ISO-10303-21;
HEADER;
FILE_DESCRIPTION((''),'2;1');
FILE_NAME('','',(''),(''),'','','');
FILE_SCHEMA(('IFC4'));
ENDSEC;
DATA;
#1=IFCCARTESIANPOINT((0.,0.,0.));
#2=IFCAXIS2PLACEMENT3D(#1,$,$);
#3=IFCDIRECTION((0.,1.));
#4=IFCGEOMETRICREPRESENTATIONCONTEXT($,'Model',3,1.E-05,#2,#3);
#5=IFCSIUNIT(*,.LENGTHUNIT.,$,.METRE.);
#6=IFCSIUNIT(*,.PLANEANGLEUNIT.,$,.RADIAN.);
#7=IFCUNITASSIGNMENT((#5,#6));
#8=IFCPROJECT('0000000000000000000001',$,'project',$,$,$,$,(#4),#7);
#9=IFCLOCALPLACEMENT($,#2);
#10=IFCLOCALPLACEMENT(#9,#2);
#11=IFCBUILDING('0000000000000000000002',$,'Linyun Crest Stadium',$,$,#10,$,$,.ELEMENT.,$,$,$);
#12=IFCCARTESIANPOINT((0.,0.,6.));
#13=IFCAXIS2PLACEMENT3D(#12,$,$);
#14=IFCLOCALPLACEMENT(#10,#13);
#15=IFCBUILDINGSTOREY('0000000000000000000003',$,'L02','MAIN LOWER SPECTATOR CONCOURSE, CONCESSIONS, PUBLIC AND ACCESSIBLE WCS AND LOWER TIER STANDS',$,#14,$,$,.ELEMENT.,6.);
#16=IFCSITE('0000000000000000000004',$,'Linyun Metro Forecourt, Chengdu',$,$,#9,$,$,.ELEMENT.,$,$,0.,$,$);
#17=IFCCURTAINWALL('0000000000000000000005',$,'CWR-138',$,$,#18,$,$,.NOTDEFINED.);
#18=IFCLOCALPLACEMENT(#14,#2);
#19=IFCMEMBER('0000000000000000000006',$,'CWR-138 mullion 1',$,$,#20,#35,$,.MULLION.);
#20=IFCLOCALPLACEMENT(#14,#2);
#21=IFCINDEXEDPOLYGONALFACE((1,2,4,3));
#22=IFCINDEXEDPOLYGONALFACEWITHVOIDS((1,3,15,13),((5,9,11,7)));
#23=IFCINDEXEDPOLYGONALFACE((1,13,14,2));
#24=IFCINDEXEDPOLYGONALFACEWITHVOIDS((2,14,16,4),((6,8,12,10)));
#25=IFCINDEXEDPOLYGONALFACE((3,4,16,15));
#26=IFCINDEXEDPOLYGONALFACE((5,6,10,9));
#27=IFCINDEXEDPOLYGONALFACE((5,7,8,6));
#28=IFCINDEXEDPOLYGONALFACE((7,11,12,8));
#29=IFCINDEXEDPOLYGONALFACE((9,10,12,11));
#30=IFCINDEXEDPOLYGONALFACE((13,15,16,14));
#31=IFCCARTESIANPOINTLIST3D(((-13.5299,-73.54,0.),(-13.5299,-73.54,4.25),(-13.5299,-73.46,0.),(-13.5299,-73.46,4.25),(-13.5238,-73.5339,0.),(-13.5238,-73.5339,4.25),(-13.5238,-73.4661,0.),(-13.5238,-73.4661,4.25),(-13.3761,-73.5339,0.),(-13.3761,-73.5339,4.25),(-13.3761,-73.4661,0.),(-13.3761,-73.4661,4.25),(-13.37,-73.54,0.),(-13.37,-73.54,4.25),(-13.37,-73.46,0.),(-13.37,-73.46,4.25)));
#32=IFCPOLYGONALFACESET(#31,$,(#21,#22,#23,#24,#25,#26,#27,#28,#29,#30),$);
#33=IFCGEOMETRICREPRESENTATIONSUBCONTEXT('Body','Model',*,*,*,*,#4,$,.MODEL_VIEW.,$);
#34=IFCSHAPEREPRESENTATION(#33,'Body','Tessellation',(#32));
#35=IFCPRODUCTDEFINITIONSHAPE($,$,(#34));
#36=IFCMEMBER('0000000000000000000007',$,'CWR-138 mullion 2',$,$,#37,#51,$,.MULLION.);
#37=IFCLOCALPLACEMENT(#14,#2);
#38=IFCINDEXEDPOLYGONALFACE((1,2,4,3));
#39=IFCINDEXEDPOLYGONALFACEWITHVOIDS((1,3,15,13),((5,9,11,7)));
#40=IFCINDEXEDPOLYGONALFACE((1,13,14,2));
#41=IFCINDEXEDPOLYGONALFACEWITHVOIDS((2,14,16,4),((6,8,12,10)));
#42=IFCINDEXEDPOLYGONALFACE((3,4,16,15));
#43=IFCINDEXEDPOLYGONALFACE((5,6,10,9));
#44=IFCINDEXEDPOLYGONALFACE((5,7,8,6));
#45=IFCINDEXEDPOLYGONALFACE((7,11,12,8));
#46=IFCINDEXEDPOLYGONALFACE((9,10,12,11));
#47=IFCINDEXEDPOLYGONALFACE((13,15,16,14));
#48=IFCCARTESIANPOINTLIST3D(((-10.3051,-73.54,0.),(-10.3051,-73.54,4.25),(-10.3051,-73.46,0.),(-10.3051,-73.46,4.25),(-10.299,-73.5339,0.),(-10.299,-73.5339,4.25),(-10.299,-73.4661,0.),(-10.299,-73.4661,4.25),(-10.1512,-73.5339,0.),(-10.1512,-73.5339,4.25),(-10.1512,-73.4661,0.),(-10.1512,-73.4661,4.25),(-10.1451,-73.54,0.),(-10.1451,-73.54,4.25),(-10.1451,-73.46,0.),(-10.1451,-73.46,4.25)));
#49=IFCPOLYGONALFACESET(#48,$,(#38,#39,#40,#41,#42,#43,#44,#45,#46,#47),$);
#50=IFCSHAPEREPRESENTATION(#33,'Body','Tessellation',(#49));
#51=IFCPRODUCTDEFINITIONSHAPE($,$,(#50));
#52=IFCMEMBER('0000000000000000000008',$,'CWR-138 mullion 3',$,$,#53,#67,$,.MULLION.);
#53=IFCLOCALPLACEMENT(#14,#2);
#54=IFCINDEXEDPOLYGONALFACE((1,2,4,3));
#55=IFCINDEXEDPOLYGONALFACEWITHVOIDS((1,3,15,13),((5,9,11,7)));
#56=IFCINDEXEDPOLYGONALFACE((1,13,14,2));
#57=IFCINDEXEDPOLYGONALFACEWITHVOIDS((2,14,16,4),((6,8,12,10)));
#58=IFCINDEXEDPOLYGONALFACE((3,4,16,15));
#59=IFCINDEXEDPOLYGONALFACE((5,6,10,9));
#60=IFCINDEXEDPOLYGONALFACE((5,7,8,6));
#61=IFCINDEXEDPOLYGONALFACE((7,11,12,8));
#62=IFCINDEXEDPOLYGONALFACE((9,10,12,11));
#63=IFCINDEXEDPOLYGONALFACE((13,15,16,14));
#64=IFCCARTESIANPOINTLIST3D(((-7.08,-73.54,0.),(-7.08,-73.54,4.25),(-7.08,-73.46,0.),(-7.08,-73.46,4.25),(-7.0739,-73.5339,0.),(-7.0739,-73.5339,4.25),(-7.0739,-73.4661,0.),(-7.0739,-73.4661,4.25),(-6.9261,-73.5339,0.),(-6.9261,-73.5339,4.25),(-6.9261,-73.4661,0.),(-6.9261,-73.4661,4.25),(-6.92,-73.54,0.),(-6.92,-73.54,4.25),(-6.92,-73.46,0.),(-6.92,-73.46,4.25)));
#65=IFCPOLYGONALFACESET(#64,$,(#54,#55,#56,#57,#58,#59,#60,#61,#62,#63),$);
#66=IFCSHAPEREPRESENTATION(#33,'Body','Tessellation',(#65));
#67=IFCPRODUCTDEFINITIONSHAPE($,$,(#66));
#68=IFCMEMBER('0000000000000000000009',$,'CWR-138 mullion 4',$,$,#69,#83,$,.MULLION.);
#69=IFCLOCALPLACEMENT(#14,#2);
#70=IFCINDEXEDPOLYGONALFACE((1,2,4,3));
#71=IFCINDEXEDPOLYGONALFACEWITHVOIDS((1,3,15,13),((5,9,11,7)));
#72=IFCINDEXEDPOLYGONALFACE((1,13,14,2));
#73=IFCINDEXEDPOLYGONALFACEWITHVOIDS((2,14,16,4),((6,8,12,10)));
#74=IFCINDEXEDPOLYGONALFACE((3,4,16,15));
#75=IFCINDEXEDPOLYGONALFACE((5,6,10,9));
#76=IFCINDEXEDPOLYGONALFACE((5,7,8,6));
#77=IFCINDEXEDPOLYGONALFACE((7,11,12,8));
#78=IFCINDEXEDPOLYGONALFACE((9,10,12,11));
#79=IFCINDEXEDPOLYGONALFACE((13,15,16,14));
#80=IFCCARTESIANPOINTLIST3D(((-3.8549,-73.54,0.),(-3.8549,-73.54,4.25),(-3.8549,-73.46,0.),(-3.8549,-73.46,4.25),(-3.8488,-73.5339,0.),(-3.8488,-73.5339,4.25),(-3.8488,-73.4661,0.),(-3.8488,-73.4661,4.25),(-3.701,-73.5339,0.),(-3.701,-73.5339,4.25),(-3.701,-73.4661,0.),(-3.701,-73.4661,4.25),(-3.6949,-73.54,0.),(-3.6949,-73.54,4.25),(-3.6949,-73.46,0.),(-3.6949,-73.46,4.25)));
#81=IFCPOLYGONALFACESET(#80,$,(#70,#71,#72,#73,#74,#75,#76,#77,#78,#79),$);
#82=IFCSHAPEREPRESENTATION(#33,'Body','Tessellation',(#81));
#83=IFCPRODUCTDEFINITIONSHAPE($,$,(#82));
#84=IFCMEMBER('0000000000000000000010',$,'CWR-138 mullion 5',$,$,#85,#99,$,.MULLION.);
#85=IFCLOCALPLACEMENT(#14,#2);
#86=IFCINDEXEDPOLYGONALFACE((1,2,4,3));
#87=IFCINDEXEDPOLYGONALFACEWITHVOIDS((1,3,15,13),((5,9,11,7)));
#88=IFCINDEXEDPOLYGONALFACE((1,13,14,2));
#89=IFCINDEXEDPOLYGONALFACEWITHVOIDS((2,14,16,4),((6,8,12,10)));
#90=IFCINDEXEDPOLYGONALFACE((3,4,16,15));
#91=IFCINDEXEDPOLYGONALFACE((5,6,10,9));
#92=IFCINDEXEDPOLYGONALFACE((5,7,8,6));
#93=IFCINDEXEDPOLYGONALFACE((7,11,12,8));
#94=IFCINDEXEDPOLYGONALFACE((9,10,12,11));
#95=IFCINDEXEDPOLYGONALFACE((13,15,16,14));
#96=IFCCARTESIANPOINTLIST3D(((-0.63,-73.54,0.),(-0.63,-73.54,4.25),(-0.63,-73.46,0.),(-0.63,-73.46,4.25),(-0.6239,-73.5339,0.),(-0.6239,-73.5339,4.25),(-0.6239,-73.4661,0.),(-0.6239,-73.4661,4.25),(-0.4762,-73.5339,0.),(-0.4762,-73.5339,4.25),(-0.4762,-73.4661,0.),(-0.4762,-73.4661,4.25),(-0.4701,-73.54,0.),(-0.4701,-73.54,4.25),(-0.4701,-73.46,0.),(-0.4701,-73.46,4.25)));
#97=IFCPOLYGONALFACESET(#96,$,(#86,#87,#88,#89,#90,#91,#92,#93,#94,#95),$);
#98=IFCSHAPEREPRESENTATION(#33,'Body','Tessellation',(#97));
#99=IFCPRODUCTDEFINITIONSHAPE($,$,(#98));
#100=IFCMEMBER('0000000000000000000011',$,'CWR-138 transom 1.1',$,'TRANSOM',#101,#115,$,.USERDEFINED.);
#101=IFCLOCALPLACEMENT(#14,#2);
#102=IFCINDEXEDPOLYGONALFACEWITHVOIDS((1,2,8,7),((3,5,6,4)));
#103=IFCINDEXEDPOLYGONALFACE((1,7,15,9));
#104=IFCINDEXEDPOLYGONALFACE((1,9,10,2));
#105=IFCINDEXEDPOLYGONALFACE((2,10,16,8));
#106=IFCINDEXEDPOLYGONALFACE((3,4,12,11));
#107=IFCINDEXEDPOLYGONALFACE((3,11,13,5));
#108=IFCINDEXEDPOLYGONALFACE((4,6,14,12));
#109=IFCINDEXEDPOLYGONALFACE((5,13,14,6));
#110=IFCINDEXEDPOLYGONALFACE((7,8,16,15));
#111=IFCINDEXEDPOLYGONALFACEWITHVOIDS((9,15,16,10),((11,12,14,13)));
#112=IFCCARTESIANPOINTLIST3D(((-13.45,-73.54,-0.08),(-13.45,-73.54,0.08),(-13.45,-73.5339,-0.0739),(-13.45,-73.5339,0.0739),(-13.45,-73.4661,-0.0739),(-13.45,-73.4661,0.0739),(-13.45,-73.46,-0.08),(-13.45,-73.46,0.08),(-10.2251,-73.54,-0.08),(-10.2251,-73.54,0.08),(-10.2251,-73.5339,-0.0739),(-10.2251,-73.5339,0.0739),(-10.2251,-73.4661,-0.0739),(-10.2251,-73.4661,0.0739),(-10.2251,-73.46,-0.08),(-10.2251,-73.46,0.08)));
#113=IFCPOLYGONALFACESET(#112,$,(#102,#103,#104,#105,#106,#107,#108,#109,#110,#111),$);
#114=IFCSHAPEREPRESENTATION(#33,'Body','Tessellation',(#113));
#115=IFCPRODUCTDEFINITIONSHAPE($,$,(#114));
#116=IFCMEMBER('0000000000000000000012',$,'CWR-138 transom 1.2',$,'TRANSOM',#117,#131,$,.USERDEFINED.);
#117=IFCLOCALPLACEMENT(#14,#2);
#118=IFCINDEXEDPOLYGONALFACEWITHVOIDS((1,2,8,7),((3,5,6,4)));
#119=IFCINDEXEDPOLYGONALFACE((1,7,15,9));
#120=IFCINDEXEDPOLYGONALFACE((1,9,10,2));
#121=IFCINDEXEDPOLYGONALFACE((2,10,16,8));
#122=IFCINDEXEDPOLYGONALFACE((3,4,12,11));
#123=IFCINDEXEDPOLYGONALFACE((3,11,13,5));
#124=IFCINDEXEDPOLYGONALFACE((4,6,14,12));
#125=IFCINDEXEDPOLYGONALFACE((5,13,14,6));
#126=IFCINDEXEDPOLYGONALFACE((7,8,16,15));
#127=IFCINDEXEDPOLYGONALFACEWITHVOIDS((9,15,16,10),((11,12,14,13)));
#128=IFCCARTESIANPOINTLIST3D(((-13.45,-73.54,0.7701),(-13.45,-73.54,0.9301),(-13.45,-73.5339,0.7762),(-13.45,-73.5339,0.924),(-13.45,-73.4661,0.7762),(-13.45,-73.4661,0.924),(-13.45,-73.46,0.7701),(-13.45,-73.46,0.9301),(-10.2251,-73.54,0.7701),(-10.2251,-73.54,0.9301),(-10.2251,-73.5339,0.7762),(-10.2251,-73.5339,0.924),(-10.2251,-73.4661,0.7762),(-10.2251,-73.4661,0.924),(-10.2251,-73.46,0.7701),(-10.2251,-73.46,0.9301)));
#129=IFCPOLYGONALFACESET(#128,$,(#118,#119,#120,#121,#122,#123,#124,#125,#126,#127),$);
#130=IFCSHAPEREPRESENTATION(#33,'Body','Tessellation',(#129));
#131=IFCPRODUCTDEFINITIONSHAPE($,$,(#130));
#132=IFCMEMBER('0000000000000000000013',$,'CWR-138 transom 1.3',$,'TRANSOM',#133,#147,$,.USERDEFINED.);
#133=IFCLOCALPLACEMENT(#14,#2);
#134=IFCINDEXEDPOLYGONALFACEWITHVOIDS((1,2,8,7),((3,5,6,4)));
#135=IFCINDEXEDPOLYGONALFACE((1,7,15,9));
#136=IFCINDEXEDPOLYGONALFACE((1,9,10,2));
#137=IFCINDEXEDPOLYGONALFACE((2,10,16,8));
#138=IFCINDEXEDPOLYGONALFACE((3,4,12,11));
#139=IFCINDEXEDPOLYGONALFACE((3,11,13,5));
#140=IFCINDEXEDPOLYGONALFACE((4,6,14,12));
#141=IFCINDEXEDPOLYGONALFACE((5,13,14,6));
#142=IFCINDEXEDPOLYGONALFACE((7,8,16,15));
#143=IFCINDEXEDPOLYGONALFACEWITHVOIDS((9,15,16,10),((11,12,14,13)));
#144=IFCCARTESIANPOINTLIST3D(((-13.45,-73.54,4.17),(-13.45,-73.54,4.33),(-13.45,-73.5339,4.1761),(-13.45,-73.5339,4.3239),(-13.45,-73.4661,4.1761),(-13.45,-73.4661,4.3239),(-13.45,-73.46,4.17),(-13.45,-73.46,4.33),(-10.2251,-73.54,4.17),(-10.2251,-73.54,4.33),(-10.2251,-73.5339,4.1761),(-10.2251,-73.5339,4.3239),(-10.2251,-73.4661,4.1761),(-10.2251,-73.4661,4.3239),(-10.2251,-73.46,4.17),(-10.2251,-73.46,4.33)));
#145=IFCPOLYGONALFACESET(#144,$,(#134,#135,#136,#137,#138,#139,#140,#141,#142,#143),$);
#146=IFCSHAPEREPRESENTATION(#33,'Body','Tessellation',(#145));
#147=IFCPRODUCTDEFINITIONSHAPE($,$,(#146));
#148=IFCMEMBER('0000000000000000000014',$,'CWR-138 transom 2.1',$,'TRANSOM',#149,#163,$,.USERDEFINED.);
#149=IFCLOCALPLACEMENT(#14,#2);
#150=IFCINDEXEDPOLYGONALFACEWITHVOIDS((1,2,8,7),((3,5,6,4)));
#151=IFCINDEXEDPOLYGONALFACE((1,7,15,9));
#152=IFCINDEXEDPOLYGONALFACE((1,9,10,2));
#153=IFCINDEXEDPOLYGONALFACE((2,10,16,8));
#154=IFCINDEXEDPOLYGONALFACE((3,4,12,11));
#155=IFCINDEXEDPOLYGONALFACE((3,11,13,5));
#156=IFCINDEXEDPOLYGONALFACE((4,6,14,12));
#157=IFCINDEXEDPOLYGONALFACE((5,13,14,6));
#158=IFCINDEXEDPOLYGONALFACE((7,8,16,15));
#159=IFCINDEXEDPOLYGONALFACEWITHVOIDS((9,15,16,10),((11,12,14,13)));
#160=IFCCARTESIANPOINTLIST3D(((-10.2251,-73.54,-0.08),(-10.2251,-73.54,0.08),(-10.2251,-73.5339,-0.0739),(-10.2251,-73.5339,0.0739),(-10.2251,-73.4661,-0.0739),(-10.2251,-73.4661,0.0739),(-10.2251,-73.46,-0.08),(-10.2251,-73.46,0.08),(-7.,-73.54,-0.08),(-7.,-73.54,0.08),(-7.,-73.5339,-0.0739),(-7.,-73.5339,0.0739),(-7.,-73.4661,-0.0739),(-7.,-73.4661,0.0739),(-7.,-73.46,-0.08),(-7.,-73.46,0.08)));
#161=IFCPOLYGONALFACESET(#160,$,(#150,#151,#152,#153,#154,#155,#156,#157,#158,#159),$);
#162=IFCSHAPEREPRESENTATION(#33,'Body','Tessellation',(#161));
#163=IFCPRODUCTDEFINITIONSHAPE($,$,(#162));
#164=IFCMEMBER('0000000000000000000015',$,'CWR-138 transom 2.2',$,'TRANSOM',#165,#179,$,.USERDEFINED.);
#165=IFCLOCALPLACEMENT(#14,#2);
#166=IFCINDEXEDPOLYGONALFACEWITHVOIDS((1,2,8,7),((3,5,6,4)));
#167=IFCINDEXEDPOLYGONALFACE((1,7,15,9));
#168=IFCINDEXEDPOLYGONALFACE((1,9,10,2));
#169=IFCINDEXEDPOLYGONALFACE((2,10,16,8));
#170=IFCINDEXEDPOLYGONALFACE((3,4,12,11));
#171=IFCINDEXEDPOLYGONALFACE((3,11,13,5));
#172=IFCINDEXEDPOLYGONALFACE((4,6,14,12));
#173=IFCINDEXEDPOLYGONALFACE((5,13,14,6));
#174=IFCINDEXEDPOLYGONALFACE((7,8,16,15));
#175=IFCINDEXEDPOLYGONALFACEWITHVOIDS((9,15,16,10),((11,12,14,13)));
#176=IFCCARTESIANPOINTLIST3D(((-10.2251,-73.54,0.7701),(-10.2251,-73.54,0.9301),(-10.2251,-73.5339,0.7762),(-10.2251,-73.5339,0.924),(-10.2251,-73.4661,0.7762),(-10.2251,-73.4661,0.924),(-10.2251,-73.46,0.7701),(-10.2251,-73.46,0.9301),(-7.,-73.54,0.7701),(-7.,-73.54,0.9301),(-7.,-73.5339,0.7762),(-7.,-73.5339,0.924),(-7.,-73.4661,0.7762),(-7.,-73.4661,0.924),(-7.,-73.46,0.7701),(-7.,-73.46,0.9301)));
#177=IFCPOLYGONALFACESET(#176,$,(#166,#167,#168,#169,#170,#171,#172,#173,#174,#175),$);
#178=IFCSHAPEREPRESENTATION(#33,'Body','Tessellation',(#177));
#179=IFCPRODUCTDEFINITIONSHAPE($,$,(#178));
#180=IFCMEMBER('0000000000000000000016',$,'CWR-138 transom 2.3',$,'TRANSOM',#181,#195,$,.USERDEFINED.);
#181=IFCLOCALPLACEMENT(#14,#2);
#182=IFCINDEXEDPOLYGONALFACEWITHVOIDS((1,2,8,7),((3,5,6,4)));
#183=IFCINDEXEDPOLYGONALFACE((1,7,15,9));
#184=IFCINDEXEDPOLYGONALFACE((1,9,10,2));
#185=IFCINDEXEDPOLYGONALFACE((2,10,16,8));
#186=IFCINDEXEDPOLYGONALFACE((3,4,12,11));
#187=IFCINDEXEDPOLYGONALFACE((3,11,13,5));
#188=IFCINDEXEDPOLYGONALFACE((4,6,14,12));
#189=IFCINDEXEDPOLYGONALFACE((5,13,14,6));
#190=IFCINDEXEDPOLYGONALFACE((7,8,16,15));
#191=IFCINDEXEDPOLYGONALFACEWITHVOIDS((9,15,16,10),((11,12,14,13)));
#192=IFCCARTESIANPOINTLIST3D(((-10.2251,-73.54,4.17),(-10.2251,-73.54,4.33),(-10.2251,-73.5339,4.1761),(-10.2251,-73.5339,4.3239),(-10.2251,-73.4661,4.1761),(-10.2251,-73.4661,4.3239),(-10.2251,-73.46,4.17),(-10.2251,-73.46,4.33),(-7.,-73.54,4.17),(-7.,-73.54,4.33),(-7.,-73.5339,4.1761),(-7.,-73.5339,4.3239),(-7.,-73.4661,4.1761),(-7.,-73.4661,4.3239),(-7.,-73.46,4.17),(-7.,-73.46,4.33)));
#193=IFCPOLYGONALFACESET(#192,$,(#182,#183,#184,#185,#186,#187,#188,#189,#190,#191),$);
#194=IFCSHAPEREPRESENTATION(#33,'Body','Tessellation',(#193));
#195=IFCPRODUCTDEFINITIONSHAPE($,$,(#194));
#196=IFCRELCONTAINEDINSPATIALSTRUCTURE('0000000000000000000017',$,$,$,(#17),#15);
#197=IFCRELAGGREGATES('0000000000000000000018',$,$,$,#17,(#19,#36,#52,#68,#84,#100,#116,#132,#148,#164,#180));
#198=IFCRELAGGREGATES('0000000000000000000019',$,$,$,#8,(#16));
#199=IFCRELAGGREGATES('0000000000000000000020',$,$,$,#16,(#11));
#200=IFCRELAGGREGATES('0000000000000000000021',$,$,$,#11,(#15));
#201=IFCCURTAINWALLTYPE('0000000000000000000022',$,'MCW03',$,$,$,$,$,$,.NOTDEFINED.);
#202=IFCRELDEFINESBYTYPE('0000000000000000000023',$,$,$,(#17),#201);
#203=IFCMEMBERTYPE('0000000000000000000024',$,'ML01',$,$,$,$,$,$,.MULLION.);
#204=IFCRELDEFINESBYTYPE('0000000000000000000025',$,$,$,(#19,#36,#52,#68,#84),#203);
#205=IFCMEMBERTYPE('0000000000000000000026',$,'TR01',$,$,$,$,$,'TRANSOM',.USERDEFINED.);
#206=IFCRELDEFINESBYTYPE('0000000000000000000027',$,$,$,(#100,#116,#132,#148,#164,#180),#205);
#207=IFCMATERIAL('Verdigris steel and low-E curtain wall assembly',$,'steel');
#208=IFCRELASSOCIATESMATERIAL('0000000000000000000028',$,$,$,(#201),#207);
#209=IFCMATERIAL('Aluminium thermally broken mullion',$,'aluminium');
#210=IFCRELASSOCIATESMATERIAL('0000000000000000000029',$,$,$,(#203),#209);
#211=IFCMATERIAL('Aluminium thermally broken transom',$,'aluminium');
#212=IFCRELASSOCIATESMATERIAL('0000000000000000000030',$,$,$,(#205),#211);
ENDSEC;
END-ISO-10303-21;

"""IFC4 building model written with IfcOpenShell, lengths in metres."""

from ifc_helpers import new_model, si_unit, direction, frame, origin, origin_2d, place, context, subcontext, project, spatial, hollow_rectangle, extrude, material, material_profile, profile_set, type_object, element, aggregate, save


model = new_model("IFC4")

# Units and contexts
model_context = context("Model", 3, precision=1e-05, world=origin(), true_north=direction((0.0, 1.0)))
body_context = subcontext(model_context, "Body", "Model", "MODEL_VIEW")
ifc_project = project(units=[si_unit("LENGTHUNIT", "METRE"), si_unit("PLANEANGLEUNIT", "RADIAN")], contexts=[model_context])

# Site, building, storey
site_placement = place(None, origin())
site = spatial("IfcSite", under=ifc_project, at=site_placement, Name="Linyun Metro Forecourt, Chengdu", CompositionType="ELEMENT", RefElevation=0.0)
building_placement = place(site_placement, origin())
building = spatial("IfcBuilding", under=site, at=building_placement, Name="Linyun Crest Stadium", CompositionType="ELEMENT")
storey_placement = place(building_placement, frame((0.0, 0.0, 6.0)))
storey = spatial("IfcBuildingStorey", under=building, at=storey_placement, Name="L02", Description="MAIN LOWER SPECTATOR CONCOURSE, CONCESSIONS, PUBLIC AND ACCESSIBLE WCS AND LOWER TIER STANDS", CompositionType="ELEMENT", Elevation=6.0)

# Curtain wall, members
ifc_material_1 = material(Name="Verdigris steel and low-E curtain wall assembly", Category="steel")
curtain_wall_type = type_object("IfcCurtainWallType", Name="MCW03", PredefinedType="NOTDEFINED", material=ifc_material_1)
curtain_wall_placement = place(storey_placement, origin())
curtain_wall = element("IfcCurtainWall", 1, at=curtain_wall_placement, inside=storey, type_object=curtain_wall_type, Name="CWR-138", PredefinedType="NOTDEFINED")
ifc_material_2 = material(Name="Aluminium thermally broken mullion", Category="aluminium")
ifc_material_profile_1 = material_profile(ifc_material_2, hollow_rectangle(XDim=0.0801, YDim=0.1599, WallThickness=0.0061, at=origin_2d()), Name="RHS 160x80x6")
ifc_profile_set_1 = profile_set([ifc_material_profile_1], Name="Aluminium thermally broken mullion")
member_type_1 = type_object("IfcMemberType", Name="ML01", PredefinedType="MULLION", material=ifc_profile_set_1)
member_1_placement = place(storey_placement, frame((-13.45, -73.5, 0.0), z_axis=(0.0, 0.0, 1.0), x_axis=(0.0, 1.0, 0.0)))
member_1 = element("IfcMember", 2, at=member_1_placement, type_object=member_type_1, Name="CWR-138 mullion 1", PredefinedType="MULLION", context=body_context, shape_type="SweptSolid", body=[
    extrude(hollow_rectangle(XDim=0.0801, YDim=0.1599, WallThickness=0.0061, at=origin_2d()), origin(), (0.0, 0.0, 1.0), 4.25),
])
member_2_placement = place(storey_placement, frame((-10.2251, -73.5, 0.0), z_axis=(0.0, 0.0, 1.0), x_axis=(0.0, 1.0, 0.0)))
member_2 = element("IfcMember", 3, at=member_2_placement, type_object=member_type_1, Name="CWR-138 mullion 2", PredefinedType="MULLION", context=body_context, shape_type="SweptSolid", body=[
    extrude(hollow_rectangle(XDim=0.0801, YDim=0.1599, WallThickness=0.0061, at=origin_2d()), origin(), (0.0, 0.0, 1.0), 4.25),
])
member_3_placement = place(storey_placement, frame((-7.0, -73.5, 0.0), z_axis=(0.0, 0.0, 1.0), x_axis=(0.0, 1.0, 0.0)))
member_3 = element("IfcMember", 4, at=member_3_placement, type_object=member_type_1, Name="CWR-138 mullion 3", PredefinedType="MULLION", context=body_context, shape_type="SweptSolid", body=[
    extrude(hollow_rectangle(XDim=0.0801, YDim=0.1599, WallThickness=0.0061, at=origin_2d()), origin(), (0.0, 0.0, 1.0), 4.25),
])
member_4_placement = place(storey_placement, frame((-3.7749, -73.5, 0.0), z_axis=(0.0, 0.0, 1.0), x_axis=(0.0, 1.0, 0.0)))
member_4 = element("IfcMember", 5, at=member_4_placement, type_object=member_type_1, Name="CWR-138 mullion 4", PredefinedType="MULLION", context=body_context, shape_type="SweptSolid", body=[
    extrude(hollow_rectangle(XDim=0.0801, YDim=0.1599, WallThickness=0.0061, at=origin_2d()), origin(), (0.0, 0.0, 1.0), 4.25),
])
member_5_placement = place(storey_placement, frame((-0.55, -73.5, 0.0), z_axis=(0.0, 0.0, 1.0), x_axis=(0.0, 1.0, 0.0)))
member_5 = element("IfcMember", 6, at=member_5_placement, type_object=member_type_1, Name="CWR-138 mullion 5", PredefinedType="MULLION", context=body_context, shape_type="SweptSolid", body=[
    extrude(hollow_rectangle(XDim=0.0801, YDim=0.1599, WallThickness=0.0061, at=origin_2d()), origin(), (0.0, 0.0, 1.0), 4.25),
])
ifc_material_3 = material(Name="Aluminium thermally broken transom", Category="aluminium")
ifc_material_profile_2 = material_profile(ifc_material_3, hollow_rectangle(XDim=0.0801, YDim=0.1599, WallThickness=0.0061, at=origin_2d()), Name="RHS 160x80x6")
ifc_profile_set_2 = profile_set([ifc_material_profile_2], Name="Aluminium thermally broken transom")
member_type_2 = type_object("IfcMemberType", Name="TR01", ElementType="TRANSOM", PredefinedType="USERDEFINED", material=ifc_profile_set_2)
member_6_placement = place(storey_placement, frame((-13.45, -73.5, 0.0), z_axis=(1.0, 0.0, 0.0), x_axis=(0.0, 1.0, 0.0)))
member_6 = element("IfcMember", 7, at=member_6_placement, type_object=member_type_2, Name="CWR-138 transom 1.1", ObjectType="TRANSOM", PredefinedType="USERDEFINED", context=body_context, shape_type="SweptSolid", body=[
    extrude(hollow_rectangle(XDim=0.0801, YDim=0.1599, WallThickness=0.0061, at=origin_2d()), origin(), (0.0, 0.0, 1.0), 3.2249),
])
member_7_placement = place(storey_placement, frame((-13.45, -73.5, 0.8501), z_axis=(1.0, 0.0, 0.0), x_axis=(0.0, 1.0, 0.0)))
member_7 = element("IfcMember", 8, at=member_7_placement, type_object=member_type_2, Name="CWR-138 transom 1.2", ObjectType="TRANSOM", PredefinedType="USERDEFINED", context=body_context, shape_type="SweptSolid", body=[
    extrude(hollow_rectangle(XDim=0.0801, YDim=0.1599, WallThickness=0.0061, at=origin_2d()), origin(), (0.0, 0.0, 1.0), 3.2249),
])
member_8_placement = place(storey_placement, frame((-13.45, -73.5, 4.25), z_axis=(1.0, 0.0, 0.0), x_axis=(0.0, 1.0, 0.0)))
member_8 = element("IfcMember", 9, at=member_8_placement, type_object=member_type_2, Name="CWR-138 transom 1.3", ObjectType="TRANSOM", PredefinedType="USERDEFINED", context=body_context, shape_type="SweptSolid", body=[
    extrude(hollow_rectangle(XDim=0.0801, YDim=0.1599, WallThickness=0.0061, at=origin_2d()), origin(), (0.0, 0.0, 1.0), 3.2249),
])
member_9_placement = place(storey_placement, frame((-10.2251, -73.5, 0.0), z_axis=(1.0, 0.0, 0.0), x_axis=(0.0, 1.0, 0.0)))
member_9 = element("IfcMember", 10, at=member_9_placement, type_object=member_type_2, Name="CWR-138 transom 2.1", ObjectType="TRANSOM", PredefinedType="USERDEFINED", context=body_context, shape_type="SweptSolid", body=[
    extrude(hollow_rectangle(XDim=0.0801, YDim=0.1599, WallThickness=0.0061, at=origin_2d()), origin(), (0.0, 0.0, 1.0), 3.2251),
])
member_10_placement = place(storey_placement, frame((-10.2251, -73.5, 0.8501), z_axis=(1.0, 0.0, 0.0), x_axis=(0.0, 1.0, 0.0)))
member_10 = element("IfcMember", 11, at=member_10_placement, type_object=member_type_2, Name="CWR-138 transom 2.2", ObjectType="TRANSOM", PredefinedType="USERDEFINED", context=body_context, shape_type="SweptSolid", body=[
    extrude(hollow_rectangle(XDim=0.0801, YDim=0.1599, WallThickness=0.0061, at=origin_2d()), origin(), (0.0, 0.0, 1.0), 3.2251),
])
member_11_placement = place(storey_placement, frame((-10.2251, -73.5, 4.25), z_axis=(1.0, 0.0, 0.0), x_axis=(0.0, 1.0, 0.0)))
member_11 = element("IfcMember", 12, at=member_11_placement, type_object=member_type_2, Name="CWR-138 transom 2.3", ObjectType="TRANSOM", PredefinedType="USERDEFINED", context=body_context, shape_type="SweptSolid", body=[
    extrude(hollow_rectangle(XDim=0.0801, YDim=0.1599, WallThickness=0.0061, at=origin_2d()), origin(), (0.0, 0.0, 1.0), 3.2251),
])
aggregate(curtain_wall, [member_1, member_2, member_3, member_4, member_5, member_6, member_7, member_8, member_9, member_10, member_11])

save(model, "model.ifc")
